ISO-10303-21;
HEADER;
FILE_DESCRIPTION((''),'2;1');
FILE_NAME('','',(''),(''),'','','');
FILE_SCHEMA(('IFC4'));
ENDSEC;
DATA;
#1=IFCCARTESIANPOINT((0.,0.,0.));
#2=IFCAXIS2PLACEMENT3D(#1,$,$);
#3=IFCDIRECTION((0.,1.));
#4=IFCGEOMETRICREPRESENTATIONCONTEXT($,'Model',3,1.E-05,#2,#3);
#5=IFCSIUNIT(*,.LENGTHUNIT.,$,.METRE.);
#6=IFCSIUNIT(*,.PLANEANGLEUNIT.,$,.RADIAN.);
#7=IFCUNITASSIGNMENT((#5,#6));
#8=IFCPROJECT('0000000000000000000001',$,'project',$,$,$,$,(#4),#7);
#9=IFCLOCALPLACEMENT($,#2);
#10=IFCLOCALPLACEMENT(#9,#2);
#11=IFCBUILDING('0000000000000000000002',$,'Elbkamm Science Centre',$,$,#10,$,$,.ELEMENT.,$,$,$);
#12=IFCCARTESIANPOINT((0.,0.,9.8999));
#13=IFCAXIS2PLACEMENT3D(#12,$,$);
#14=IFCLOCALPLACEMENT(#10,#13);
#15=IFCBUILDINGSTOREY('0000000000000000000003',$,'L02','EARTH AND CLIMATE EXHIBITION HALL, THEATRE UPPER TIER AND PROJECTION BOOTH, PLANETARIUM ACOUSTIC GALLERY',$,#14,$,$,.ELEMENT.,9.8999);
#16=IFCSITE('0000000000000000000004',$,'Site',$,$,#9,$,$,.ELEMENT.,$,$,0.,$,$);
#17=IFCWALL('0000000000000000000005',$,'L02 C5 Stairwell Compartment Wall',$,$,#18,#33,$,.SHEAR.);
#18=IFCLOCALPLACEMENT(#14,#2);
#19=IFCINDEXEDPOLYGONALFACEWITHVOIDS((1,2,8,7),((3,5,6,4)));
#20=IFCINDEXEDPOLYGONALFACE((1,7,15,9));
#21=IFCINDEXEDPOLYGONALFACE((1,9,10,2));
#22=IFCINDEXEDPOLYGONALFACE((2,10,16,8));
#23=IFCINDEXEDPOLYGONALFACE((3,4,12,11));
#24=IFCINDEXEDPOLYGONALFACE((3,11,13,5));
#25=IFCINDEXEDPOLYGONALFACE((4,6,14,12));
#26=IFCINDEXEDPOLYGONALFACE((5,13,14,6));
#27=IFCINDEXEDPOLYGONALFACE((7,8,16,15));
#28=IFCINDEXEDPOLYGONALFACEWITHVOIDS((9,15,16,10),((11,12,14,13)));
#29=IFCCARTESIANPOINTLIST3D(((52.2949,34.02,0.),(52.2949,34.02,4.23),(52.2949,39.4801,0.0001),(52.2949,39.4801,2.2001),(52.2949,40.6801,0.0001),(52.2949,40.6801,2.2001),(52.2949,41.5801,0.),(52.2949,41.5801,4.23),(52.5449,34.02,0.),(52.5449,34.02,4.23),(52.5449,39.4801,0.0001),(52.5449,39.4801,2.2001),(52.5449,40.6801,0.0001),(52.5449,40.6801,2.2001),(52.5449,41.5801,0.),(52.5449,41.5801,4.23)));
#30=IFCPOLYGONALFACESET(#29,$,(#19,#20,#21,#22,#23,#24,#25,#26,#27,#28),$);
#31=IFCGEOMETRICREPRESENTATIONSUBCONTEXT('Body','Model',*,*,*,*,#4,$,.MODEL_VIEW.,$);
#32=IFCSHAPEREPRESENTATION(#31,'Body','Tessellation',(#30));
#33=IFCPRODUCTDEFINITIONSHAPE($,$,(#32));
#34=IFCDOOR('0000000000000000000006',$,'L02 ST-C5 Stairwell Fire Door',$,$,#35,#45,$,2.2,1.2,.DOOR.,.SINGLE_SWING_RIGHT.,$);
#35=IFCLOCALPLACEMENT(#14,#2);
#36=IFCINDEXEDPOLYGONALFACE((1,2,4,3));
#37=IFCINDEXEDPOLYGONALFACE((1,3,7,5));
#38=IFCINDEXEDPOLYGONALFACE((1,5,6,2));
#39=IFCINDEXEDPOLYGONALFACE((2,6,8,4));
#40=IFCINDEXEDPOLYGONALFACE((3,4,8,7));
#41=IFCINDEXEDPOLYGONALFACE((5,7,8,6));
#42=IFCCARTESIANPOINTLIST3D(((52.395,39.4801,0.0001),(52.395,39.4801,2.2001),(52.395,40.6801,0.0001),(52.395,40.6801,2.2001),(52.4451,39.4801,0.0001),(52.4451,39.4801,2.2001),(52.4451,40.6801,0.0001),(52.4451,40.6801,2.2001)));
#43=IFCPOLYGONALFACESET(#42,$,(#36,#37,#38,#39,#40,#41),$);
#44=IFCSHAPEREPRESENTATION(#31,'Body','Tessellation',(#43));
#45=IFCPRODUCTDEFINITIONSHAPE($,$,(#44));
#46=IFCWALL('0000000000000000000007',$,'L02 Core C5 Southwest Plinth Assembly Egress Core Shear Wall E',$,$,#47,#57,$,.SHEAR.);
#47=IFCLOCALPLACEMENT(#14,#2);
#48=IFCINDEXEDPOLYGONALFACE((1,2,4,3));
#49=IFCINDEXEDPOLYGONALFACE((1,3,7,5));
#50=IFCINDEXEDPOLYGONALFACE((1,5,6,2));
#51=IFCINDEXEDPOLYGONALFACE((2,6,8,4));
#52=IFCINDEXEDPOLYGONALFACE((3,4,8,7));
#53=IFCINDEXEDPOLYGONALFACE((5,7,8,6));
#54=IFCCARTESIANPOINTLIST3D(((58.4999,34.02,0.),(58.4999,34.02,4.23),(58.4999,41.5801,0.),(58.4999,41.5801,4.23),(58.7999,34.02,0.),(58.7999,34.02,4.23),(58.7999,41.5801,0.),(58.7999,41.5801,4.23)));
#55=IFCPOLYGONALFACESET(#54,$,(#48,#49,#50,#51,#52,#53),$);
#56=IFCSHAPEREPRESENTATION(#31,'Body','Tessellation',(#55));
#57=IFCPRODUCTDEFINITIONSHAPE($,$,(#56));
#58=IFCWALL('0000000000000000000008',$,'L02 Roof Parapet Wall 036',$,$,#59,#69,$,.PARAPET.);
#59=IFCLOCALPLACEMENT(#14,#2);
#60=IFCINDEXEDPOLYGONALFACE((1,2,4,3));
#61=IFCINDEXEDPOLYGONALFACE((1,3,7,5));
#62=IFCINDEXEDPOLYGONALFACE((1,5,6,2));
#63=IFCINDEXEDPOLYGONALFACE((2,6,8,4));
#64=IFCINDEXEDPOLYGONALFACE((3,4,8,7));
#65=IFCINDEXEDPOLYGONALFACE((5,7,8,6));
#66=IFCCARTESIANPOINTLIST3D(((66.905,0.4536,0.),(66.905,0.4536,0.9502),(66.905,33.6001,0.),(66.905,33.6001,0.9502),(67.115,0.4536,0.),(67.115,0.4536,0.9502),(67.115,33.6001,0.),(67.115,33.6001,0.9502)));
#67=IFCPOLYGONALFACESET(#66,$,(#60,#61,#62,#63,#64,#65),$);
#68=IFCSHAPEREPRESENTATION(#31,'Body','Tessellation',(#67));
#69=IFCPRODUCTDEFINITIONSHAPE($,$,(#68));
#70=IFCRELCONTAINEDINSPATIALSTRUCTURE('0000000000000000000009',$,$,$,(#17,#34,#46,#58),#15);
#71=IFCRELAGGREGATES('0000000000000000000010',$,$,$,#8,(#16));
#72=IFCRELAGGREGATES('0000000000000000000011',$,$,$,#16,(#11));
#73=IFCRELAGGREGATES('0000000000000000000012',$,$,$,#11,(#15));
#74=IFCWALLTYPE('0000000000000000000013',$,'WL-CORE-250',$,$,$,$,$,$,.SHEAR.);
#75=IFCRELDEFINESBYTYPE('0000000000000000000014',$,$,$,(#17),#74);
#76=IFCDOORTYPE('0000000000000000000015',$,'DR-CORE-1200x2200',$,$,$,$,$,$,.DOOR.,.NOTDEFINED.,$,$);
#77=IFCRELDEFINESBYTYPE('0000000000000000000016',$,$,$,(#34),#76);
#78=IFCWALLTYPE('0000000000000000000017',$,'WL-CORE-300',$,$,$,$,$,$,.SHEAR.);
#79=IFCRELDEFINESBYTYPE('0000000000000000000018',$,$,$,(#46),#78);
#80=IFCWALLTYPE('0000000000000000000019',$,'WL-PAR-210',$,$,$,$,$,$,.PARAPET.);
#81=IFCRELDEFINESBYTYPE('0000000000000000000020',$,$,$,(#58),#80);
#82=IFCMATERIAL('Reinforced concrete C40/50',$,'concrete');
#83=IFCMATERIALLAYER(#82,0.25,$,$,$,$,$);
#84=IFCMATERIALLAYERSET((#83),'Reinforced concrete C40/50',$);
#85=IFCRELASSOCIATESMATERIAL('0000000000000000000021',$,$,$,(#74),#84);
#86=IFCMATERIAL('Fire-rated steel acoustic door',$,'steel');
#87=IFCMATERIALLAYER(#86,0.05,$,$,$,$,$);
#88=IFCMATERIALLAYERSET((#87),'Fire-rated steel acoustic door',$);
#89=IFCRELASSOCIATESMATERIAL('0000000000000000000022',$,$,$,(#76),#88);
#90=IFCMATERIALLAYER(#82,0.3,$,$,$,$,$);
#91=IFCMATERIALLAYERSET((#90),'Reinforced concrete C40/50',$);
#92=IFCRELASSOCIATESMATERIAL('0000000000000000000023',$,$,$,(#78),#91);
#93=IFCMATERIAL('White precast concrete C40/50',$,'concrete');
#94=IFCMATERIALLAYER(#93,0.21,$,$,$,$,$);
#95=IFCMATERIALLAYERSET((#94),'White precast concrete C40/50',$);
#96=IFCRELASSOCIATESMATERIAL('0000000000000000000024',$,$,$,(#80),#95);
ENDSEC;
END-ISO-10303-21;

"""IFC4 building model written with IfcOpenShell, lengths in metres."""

from ifc_helpers import new_model, si_unit, direction, frame, frame_2d, origin, place, context, subcontext, project, spatial, rectangle, extrude, material, layer, layer_set, type_object, element, fill, save


model = new_model("IFC4")

# Units and contexts
model_context = context("Model", 3, precision=1e-05, world=origin(), true_north=direction((0.0, 1.0)))
body_context = subcontext(model_context, "Body", "Model", "MODEL_VIEW")
ifc_project = project(units=[si_unit("LENGTHUNIT", "METRE"), si_unit("PLANEANGLEUNIT", "RADIAN")], contexts=[model_context])

# Site, building, storey
site_placement = place(None, origin())
site = spatial("IfcSite", under=ifc_project, at=site_placement, Name="Site", CompositionType="ELEMENT", RefElevation=0.0)
building_placement = place(site_placement, origin())
building = spatial("IfcBuilding", under=site, at=building_placement, Name="Elbkamm Science Centre", CompositionType="ELEMENT")
storey_placement = place(building_placement, frame((0.0, 0.0, 9.8999)))
storey = spatial("IfcBuildingStorey", under=building, at=storey_placement, Name="L02", Description="EARTH AND CLIMATE EXHIBITION HALL, THEATRE UPPER TIER AND PROJECTION BOOTH, PLANETARIUM ACOUSTIC GALLERY", CompositionType="ELEMENT", Elevation=9.8999)

# Wall, opening, door
ifc_material_1 = material(Name="Reinforced concrete C40/50", Category="concrete")
ifc_layer_1 = layer(ifc_material_1, 0.25)
ifc_layer_set_1 = layer_set([ifc_layer_1], Name="Reinforced concrete C40/50")
wall_type_1 = type_object("IfcWallType", Name="WL-CORE-250", PredefinedType="SHEAR", material=ifc_layer_set_1)
wall_1_placement = place(storey_placement, frame((52.4199, 34.02, 0.0), z_axis=(0.0, 0.0, 1.0), x_axis=(0.0, 1.0, 0.0)))
wall_1 = element("IfcWall", 1, at=wall_1_placement, inside=storey, type_object=wall_type_1, Name="L02 C5 Stairwell Compartment Wall", PredefinedType="SHEAR", context=body_context, shape_type="SweptSolid", body=[
    extrude(rectangle(XDim=7.5601, YDim=0.25, at=frame_2d((3.78, 0.0))), origin(), (0.0, 0.0, 1.0), 4.23),
])
opening_placement = place(wall_1_placement, frame((5.46, 0.0, 0.0)))
opening = element("IfcOpeningElement", 2, at=opening_placement, cuts=wall_1, PredefinedType="OPENING", context=body_context, shape_type="SweptSolid", body=[
    extrude(rectangle(XDim=1.2, YDim=2.2, at=frame_2d((0.6001, 1.1001))), frame((0.0, 0.137, 0.0), z_axis=(0.0, -1.0, 0.0), x_axis=(1.0, 0.0, 0.0)), (0.0, 0.0, 1.0), 0.2739),
])
ifc_material_2 = material(Name="Fire-rated steel acoustic door", Category="steel")
ifc_layer_2 = layer(ifc_material_2, 0.05)
ifc_layer_set_2 = layer_set([ifc_layer_2], Name="Fire-rated steel acoustic door")
door_type = type_object("IfcDoorType", Name="DR-CORE-1200x2200", OperationType="NOTDEFINED", PredefinedType="DOOR", material=ifc_layer_set_2)
door_placement = place(opening_placement, origin())
door = element("IfcDoor", 3, at=door_placement, inside=storey, type_object=door_type, Name="L02 ST-C5 Stairwell Fire Door", OperationType="SINGLE_SWING_RIGHT", OverallHeight=2.2, OverallWidth=1.2, PredefinedType="DOOR", context=body_context, shape_type="SweptSolid", body=[
    extrude(rectangle(XDim=1.2, YDim=2.2, at=frame_2d((0.6001, 1.1001))), frame((0.0, 0.0249, 0.0), z_axis=(0.0, -1.0, 0.0), x_axis=(1.0, 0.0, 0.0)), (0.0, 0.0, 1.0), 0.05),
])
fill(opening, door)

# Walls
ifc_layer_3 = layer(ifc_material_1, 0.3)
ifc_layer_set_3 = layer_set([ifc_layer_3], Name="Reinforced concrete C40/50")
wall_type_2 = type_object("IfcWallType", Name="WL-CORE-300", PredefinedType="SHEAR", material=ifc_layer_set_3)
wall_2_placement = place(storey_placement, frame((58.6499, 34.02, 0.0), z_axis=(0.0, 0.0, 1.0), x_axis=(0.0, 1.0, 0.0)))
element("IfcWall", 4, at=wall_2_placement, inside=storey, type_object=wall_type_2, Name="L02 Core C5 Southwest Plinth Assembly Egress Core Shear Wall E", PredefinedType="SHEAR", context=body_context, shape_type="SweptSolid", body=[
    extrude(rectangle(XDim=7.5601, YDim=0.3, at=frame_2d((3.78, 0.0))), origin(), (0.0, 0.0, 1.0), 4.23),
])
ifc_material_3 = material(Name="White precast concrete C40/50", Category="concrete")
ifc_layer_4 = layer(ifc_material_3, 0.21)
ifc_layer_set_4 = layer_set([ifc_layer_4], Name="White precast concrete C40/50")
wall_type_3 = type_object("IfcWallType", Name="WL-PAR-210", PredefinedType="PARAPET", material=ifc_layer_set_4)
wall_3_placement = place(storey_placement, frame((67.01, 33.6001, 0.0), z_axis=(0.0, 0.0, 1.0), x_axis=(0.0, -1.0, 0.0)))
element("IfcWall", 5, at=wall_3_placement, inside=storey, type_object=wall_type_3, Name="L02 Roof Parapet Wall 036", PredefinedType="PARAPET", context=body_context, shape_type="SweptSolid", body=[
    extrude(rectangle(XDim=33.1465, YDim=0.21, at=frame_2d((16.5732, 0.0))), origin(), (0.0, 0.0, 1.0), 0.9502),
])

save(model, "model.ifc")
